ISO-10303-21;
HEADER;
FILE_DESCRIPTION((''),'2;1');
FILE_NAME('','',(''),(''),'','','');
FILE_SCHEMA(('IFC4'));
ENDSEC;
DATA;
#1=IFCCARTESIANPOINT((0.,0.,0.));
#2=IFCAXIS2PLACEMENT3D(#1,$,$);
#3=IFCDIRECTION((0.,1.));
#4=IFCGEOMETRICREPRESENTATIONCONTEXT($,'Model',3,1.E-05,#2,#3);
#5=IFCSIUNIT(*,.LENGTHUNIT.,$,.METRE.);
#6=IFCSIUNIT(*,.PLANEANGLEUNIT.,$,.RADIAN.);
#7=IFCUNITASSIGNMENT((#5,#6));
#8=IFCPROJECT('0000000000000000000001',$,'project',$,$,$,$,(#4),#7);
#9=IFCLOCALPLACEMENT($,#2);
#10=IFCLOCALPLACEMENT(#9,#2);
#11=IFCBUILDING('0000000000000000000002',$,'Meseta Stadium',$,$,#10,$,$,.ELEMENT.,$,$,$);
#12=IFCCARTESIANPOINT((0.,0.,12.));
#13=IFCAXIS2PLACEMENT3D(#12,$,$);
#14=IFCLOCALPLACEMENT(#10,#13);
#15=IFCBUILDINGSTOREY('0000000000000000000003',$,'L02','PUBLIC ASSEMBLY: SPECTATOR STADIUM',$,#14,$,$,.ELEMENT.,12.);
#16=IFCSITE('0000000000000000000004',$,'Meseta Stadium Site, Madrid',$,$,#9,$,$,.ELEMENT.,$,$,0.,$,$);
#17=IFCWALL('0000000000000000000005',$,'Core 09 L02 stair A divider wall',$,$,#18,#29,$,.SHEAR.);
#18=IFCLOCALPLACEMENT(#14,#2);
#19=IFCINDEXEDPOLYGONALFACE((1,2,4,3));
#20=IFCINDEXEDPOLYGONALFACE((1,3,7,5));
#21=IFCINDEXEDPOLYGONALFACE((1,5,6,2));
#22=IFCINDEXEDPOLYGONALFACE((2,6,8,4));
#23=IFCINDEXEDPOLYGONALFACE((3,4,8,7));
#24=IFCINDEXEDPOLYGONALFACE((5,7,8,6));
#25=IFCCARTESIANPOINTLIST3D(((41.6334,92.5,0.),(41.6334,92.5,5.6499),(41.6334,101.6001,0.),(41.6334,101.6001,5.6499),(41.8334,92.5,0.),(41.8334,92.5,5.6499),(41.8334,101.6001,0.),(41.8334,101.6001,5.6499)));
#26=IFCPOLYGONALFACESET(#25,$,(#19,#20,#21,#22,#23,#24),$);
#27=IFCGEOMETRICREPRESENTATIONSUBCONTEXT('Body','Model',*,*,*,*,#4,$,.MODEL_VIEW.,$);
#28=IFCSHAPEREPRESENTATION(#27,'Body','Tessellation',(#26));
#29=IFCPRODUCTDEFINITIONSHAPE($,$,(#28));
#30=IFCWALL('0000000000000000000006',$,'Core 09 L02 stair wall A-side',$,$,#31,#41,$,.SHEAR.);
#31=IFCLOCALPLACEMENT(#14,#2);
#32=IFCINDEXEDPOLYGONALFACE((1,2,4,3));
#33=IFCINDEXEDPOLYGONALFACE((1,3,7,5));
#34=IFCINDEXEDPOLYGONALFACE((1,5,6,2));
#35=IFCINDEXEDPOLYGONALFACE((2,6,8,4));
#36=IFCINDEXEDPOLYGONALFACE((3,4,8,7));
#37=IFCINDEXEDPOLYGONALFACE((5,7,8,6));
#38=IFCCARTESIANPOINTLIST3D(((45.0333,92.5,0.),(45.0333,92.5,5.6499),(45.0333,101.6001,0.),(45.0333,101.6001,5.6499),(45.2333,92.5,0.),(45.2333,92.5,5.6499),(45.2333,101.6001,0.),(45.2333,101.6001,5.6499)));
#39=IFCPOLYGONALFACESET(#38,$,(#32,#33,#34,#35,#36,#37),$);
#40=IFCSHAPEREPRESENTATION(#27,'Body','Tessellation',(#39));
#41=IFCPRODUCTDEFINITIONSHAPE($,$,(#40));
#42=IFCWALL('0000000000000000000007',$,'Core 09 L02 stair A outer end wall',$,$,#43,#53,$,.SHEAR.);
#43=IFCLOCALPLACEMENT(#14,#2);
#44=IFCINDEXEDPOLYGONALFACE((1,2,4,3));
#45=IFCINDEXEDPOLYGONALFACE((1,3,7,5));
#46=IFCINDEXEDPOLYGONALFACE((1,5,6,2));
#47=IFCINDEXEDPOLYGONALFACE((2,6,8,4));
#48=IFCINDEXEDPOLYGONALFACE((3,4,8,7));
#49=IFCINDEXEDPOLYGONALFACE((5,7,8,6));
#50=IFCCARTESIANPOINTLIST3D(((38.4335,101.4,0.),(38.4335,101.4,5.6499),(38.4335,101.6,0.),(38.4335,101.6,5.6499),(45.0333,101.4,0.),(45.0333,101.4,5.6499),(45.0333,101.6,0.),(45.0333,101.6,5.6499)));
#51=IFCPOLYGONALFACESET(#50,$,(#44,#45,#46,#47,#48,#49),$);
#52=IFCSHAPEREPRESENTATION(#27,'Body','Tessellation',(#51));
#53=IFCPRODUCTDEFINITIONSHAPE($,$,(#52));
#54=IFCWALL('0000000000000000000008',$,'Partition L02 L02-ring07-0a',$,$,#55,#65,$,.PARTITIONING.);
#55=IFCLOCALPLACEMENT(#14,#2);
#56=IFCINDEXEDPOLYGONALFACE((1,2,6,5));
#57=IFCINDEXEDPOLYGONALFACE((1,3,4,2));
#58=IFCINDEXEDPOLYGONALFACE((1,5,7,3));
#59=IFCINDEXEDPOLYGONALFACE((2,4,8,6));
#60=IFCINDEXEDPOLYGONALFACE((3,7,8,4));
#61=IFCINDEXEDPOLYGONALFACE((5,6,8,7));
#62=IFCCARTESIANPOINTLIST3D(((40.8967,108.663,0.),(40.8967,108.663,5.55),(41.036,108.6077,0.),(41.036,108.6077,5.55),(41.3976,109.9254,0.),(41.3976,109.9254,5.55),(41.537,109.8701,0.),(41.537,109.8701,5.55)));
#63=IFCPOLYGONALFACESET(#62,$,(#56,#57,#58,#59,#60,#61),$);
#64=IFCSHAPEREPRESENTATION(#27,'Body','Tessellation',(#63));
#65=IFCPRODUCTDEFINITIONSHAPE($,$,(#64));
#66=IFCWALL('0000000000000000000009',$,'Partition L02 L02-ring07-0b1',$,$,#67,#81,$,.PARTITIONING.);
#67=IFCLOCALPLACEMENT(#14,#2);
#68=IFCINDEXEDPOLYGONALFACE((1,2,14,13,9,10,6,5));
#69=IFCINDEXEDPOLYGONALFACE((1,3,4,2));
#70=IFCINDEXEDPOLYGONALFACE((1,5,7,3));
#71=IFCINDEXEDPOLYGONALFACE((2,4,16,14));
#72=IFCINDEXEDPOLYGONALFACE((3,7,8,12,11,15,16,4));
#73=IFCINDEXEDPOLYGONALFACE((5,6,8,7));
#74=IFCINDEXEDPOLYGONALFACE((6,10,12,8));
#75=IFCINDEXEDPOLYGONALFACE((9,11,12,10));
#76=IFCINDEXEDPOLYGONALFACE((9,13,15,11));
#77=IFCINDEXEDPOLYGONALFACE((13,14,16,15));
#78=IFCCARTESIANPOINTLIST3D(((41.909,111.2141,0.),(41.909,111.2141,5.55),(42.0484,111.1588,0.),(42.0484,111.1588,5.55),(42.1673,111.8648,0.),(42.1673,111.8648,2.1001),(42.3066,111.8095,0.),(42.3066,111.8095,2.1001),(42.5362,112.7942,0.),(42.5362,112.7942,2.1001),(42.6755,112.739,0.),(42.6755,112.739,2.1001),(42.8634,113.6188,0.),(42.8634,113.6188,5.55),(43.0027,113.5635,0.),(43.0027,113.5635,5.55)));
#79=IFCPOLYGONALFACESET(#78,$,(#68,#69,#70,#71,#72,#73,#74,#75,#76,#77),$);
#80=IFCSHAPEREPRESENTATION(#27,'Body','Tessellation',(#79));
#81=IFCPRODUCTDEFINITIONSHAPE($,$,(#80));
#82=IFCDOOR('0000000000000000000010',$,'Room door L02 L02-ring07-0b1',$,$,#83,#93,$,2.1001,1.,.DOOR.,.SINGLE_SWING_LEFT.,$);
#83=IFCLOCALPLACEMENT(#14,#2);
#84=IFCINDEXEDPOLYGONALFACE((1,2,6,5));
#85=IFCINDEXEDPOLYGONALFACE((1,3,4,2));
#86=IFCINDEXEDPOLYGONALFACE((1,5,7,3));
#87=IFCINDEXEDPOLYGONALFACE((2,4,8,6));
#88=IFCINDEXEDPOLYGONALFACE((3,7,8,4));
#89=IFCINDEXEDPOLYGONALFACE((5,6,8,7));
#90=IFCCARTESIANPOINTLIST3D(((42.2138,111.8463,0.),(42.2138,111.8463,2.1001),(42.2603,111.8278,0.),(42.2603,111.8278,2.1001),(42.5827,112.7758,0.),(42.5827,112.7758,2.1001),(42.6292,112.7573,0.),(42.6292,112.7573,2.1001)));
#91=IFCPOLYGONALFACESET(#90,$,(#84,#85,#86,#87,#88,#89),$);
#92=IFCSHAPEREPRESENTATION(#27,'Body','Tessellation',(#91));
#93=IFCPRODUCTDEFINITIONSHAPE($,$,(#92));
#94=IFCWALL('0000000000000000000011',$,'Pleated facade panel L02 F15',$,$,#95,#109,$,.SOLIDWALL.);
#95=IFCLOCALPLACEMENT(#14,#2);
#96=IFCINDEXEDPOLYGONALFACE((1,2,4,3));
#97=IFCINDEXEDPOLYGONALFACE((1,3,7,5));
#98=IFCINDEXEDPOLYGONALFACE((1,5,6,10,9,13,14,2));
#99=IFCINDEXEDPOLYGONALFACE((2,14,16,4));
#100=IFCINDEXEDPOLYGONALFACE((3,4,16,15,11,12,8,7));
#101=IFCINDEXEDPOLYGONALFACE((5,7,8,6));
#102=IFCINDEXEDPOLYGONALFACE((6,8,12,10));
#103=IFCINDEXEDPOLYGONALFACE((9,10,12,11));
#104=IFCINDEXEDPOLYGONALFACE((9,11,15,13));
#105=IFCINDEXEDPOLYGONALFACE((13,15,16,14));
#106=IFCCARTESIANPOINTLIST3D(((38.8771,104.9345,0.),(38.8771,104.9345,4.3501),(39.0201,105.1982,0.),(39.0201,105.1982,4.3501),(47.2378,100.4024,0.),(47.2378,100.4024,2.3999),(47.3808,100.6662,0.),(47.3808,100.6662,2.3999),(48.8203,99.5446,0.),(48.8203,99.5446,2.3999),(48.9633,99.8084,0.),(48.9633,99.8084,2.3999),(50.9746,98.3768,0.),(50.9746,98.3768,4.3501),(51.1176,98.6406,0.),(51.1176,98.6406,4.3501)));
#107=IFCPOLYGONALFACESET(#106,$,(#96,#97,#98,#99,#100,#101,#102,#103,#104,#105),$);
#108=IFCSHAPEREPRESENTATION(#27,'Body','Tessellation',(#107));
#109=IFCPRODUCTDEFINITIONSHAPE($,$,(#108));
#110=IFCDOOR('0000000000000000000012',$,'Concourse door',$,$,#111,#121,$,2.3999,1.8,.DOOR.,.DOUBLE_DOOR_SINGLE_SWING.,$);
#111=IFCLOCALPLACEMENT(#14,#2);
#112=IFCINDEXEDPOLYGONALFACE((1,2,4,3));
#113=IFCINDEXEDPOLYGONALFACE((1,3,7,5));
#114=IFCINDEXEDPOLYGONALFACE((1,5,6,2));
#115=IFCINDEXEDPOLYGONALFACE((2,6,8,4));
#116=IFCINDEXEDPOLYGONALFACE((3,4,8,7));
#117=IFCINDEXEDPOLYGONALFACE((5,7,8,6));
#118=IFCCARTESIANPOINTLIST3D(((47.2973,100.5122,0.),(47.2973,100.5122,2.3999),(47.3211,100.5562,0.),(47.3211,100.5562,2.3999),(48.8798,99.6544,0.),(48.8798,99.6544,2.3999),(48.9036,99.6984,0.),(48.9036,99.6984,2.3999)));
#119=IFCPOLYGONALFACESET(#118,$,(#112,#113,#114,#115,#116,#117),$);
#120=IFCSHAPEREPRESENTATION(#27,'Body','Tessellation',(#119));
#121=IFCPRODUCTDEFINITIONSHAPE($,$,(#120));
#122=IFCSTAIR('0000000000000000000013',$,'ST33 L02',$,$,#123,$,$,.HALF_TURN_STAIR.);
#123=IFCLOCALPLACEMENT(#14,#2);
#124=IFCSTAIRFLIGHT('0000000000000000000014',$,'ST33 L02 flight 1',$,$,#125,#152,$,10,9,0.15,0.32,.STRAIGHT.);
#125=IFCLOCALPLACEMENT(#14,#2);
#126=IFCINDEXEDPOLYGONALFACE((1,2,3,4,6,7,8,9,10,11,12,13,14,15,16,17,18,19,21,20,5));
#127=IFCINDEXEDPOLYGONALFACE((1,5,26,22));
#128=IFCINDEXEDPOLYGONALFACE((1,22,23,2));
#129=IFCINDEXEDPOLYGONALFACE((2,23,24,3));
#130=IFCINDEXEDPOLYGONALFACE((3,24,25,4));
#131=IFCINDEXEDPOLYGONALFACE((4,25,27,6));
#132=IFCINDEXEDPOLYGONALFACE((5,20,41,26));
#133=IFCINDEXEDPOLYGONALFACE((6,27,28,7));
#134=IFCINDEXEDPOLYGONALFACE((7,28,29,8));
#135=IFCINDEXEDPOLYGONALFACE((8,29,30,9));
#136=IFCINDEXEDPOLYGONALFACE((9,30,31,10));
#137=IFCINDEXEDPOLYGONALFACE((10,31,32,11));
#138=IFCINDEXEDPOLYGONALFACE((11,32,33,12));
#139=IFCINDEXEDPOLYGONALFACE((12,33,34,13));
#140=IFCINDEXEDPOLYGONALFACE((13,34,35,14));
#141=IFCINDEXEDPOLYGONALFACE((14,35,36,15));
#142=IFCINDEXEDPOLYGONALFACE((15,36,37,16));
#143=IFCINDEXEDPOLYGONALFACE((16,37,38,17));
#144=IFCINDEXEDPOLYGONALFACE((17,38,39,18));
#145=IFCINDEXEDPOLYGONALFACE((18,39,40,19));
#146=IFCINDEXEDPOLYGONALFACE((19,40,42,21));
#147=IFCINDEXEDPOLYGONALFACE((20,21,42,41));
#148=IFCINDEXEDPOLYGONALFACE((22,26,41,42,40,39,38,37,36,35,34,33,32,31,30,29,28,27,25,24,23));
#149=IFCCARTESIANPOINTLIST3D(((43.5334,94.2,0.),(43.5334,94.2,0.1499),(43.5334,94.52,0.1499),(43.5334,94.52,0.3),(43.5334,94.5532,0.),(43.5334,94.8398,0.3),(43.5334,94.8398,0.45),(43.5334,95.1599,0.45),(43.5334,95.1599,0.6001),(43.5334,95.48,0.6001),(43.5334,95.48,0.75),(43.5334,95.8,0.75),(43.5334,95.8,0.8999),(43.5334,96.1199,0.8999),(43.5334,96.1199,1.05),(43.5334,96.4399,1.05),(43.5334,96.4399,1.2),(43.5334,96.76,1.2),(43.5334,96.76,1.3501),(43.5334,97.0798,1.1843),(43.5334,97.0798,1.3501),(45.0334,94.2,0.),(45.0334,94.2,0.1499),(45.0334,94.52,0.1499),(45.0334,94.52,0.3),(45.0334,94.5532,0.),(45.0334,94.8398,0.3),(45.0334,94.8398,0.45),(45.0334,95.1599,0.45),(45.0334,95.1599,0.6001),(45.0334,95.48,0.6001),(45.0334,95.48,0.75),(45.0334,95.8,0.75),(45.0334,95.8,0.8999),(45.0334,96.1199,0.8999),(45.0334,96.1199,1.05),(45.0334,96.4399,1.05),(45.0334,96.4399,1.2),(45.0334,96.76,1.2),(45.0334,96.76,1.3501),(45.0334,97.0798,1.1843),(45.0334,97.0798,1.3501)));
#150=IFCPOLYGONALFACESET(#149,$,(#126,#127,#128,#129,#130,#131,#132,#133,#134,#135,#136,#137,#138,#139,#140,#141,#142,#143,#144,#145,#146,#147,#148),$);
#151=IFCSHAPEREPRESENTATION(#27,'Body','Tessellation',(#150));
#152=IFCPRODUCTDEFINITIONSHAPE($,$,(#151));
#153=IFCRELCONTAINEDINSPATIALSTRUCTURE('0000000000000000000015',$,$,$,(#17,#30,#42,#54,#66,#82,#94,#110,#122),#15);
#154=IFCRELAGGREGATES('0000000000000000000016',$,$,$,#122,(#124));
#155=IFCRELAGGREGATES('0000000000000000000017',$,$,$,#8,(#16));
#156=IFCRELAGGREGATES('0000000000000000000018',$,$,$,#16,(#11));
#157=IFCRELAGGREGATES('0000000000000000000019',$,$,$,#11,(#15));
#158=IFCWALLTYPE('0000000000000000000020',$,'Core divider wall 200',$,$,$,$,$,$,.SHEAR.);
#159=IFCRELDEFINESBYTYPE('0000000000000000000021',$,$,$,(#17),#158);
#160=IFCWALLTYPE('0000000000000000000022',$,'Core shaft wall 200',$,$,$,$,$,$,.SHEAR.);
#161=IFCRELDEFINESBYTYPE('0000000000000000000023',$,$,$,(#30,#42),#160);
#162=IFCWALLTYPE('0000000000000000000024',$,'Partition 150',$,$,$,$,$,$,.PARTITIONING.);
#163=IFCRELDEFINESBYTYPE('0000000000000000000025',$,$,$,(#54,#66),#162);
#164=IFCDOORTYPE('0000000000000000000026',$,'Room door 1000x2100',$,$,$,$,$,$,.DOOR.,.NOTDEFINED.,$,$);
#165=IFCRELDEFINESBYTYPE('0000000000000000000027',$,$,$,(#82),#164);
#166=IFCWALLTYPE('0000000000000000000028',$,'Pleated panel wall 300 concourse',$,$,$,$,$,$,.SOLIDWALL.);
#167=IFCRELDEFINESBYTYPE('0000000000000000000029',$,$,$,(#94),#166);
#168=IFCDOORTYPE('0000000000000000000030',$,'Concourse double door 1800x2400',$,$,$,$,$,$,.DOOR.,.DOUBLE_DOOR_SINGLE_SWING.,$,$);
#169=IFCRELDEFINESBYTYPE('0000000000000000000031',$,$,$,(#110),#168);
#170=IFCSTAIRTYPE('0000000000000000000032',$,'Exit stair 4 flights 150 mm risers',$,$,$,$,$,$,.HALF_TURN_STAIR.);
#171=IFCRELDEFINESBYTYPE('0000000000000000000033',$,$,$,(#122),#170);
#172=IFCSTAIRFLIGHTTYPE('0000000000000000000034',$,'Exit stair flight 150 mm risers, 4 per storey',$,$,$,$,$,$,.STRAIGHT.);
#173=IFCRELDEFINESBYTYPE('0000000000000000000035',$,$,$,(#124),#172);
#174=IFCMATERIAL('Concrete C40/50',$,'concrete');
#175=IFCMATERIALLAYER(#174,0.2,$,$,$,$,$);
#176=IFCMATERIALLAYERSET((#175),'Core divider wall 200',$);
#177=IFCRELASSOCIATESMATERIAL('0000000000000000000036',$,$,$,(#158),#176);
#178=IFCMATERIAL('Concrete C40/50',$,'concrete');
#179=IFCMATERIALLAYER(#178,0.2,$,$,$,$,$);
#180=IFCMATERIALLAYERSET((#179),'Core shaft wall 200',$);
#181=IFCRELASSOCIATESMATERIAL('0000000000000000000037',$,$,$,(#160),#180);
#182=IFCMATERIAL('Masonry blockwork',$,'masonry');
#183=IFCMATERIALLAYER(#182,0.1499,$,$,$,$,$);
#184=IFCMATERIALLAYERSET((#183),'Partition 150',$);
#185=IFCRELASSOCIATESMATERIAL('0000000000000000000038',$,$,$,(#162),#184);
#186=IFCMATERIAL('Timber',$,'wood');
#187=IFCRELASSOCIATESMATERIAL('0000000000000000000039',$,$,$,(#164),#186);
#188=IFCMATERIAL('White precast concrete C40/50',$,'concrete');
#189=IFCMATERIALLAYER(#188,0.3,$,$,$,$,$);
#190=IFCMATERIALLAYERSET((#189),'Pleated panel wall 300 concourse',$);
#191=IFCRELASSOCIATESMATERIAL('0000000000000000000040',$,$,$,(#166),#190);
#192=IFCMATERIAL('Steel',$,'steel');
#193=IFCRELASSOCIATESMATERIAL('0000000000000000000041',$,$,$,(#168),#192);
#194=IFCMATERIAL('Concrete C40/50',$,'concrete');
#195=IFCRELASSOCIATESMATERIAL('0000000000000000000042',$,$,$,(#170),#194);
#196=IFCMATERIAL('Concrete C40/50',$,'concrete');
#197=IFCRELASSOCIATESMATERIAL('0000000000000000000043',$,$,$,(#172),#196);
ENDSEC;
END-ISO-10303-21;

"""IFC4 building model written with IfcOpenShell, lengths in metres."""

from ifc_helpers import new_model, si_unit, direction, frame, frame_2d, origin, place, context, subcontext, project, spatial, polyline, rectangle, outline, extrude, material, layer, layer_set, type_object, element, fill, aggregate, save


model = new_model("IFC4")

# Units and contexts
model_context = context("Model", 3, precision=1e-05, world=origin(), true_north=direction((0.0, 1.0)))
body_context = subcontext(model_context, "Body", "Model", "MODEL_VIEW")
ifc_project = project(units=[si_unit("LENGTHUNIT", "METRE"), si_unit("PLANEANGLEUNIT", "RADIAN")], contexts=[model_context])

# Site, building, storey
site_placement = place(None, origin())
site = spatial("IfcSite", under=ifc_project, at=site_placement, Name="Meseta Stadium Site, Madrid", CompositionType="ELEMENT", RefElevation=0.0)
building_placement = place(site_placement, origin())
building = spatial("IfcBuilding", under=site, at=building_placement, Name="Meseta Stadium", CompositionType="ELEMENT")
storey_placement = place(building_placement, frame((0.0, 0.0, 12.0)))
storey = spatial("IfcBuildingStorey", under=building, at=storey_placement, Name="L02", Description="PUBLIC ASSEMBLY: SPECTATOR STADIUM", CompositionType="ELEMENT", Elevation=12.0)

# Walls
ifc_material_1 = material(Name="Concrete C40/50", Category="concrete")
ifc_layer_1 = layer(ifc_material_1, 0.2)
ifc_layer_set_1 = layer_set([ifc_layer_1], Name="Core divider wall 200")
wall_type_1 = type_object("IfcWallType", Name="Core divider wall 200", PredefinedType="SHEAR", material=ifc_layer_set_1)
wall_1_placement = place(storey_placement, frame((41.7334, 101.6001, 0.0), z_axis=(0.0, 0.0, 1.0), x_axis=(0.0, -1.0, 0.0)))
element("IfcWall", 1, at=wall_1_placement, inside=storey, type_object=wall_type_1, Name="Core 09 L02 stair A divider wall", PredefinedType="SHEAR", context=body_context, shape_type="SweptSolid", body=[
    extrude(rectangle(XDim=9.1001, YDim=0.2, at=frame_2d((4.55, 0.0))), origin(), (0.0, 0.0, 1.0), 5.6499),
])
ifc_material_2 = material(Name="Concrete C40/50", Category="concrete")
ifc_layer_2 = layer(ifc_material_2, 0.2)
ifc_layer_set_2 = layer_set([ifc_layer_2], Name="Core shaft wall 200")
wall_type_2 = type_object("IfcWallType", Name="Core shaft wall 200", PredefinedType="SHEAR", material=ifc_layer_set_2)
wall_2_placement = place(storey_placement, frame((45.1333, 101.6001, 0.0), z_axis=(0.0, 0.0, 1.0), x_axis=(0.0, -1.0, 0.0)))
element("IfcWall", 2, at=wall_2_placement, inside=storey, type_object=wall_type_2, Name="Core 09 L02 stair wall A-side", PredefinedType="SHEAR", context=body_context, shape_type="SweptSolid", body=[
    extrude(rectangle(XDim=9.1001, YDim=0.2, at=frame_2d((4.55, 0.0))), origin(), (0.0, 0.0, 1.0), 5.6499),
])
wall_3_placement = place(storey_placement, frame((45.0332, 101.5, 0.0), z_axis=(0.0, 0.0, 1.0), x_axis=(-1.0, 0.0, 0.0)))
element("IfcWall", 3, at=wall_3_placement, inside=storey, type_object=wall_type_2, Name="Core 09 L02 stair A outer end wall", PredefinedType="SHEAR", context=body_context, shape_type="SweptSolid", body=[
    extrude(rectangle(XDim=6.5999, YDim=0.2, at=frame_2d((3.2998, 0.0))), origin(), (0.0, 0.0, 1.0), 5.6499),
])
ifc_material_3 = material(Name="Masonry blockwork", Category="masonry")
ifc_layer_3 = layer(ifc_material_3, 0.1499)
ifc_layer_set_3 = layer_set([ifc_layer_3], Name="Partition 150")
wall_type_3 = type_object("IfcWallType", Name="Partition 150", PredefinedType="PARTITIONING", material=ifc_layer_set_3)
wall_4_placement = place(storey_placement, frame((40.9663, 108.6353, 0.0), z_axis=(0.0, 0.0, 1.0), x_axis=(0.368848, 0.92949, 0.0)))
element("IfcWall", 4, at=wall_4_placement, inside=storey, type_object=wall_type_3, Name="Partition L02 L02-ring07-0a", PredefinedType="PARTITIONING", context=body_context, shape_type="SweptSolid", body=[
    extrude(rectangle(XDim=1.3582, YDim=0.1499, at=frame_2d((0.6792, 0.0))), origin(), (0.0, 0.0, 1.0), 5.55),
])

# Walls, openings, doors
wall_5_placement = place(storey_placement, frame((41.9788, 111.1865, 0.0), z_axis=(0.0, 0.0, 1.0), x_axis=(0.368868, 0.929482, 0.0)))
wall_5 = element("IfcWall", 5, at=wall_5_placement, inside=storey, type_object=wall_type_3, Name="Partition L02 L02-ring07-0b1", PredefinedType="PARTITIONING", context=body_context, shape_type="SweptSolid", body=[
    extrude(rectangle(XDim=2.5872, YDim=0.1499, at=frame_2d((1.2935, 0.0))), origin(), (0.0, 0.0, 1.0), 5.55),
])
opening_1_placement = place(wall_5_placement, frame((0.7, 0.0, 0.0)))
opening_1 = element("IfcOpeningElement", 6, at=opening_1_placement, cuts=wall_5, PredefinedType="OPENING", context=body_context, shape_type="SweptSolid", body=[
    extrude(rectangle(XDim=1.0, YDim=2.1001, at=frame_2d((0.5, 1.05))), frame((0.0, 0.085, 0.0), z_axis=(0.0, -1.0, 0.0), x_axis=(1.0, 0.0, 0.0)), (0.0, 0.0, 1.0), 0.1699),
])
ifc_material_4 = material(Name="Timber", Category="wood")
door_type_1 = type_object("IfcDoorType", Name="Room door 1000x2100", OperationType="NOTDEFINED", PredefinedType="DOOR", material=ifc_material_4)
door_1_placement = place(opening_1_placement, origin())
door_1 = element("IfcDoor", 7, at=door_1_placement, inside=storey, type_object=door_type_1, Name="Room door L02 L02-ring07-0b1", OperationType="SINGLE_SWING_LEFT", OverallHeight=2.1001, OverallWidth=1.0, PredefinedType="DOOR", context=body_context, shape_type="SweptSolid", body=[
    extrude(rectangle(XDim=1.0, YDim=2.1001, at=frame_2d((0.5, 1.05))), frame((0.0, 0.0249, 0.0), z_axis=(0.0, -1.0, 0.0), x_axis=(1.0, 0.0, 0.0)), (0.0, 0.0, 1.0), 0.05),
])
fill(opening_1, door_1)
ifc_material_5 = material(Name="White precast concrete C40/50", Category="concrete")
ifc_layer_4 = layer(ifc_material_5, 0.3)
ifc_layer_set_4 = layer_set([ifc_layer_4], Name="Pleated panel wall 300 concourse")
wall_type_4 = type_object("IfcWallType", Name="Pleated panel wall 300 concourse", PredefinedType="SOLIDWALL", material=ifc_layer_set_4)
wall_6_placement = place(storey_placement, frame((38.9485, 105.0664, 0.0), z_axis=(0.0, 0.0, 1.0), x_axis=(0.879144, -0.476556, 0.0)))
wall_6 = element("IfcWall", 8, at=wall_6_placement, inside=storey, type_object=wall_type_4, Name="Pleated facade panel L02 F15", PredefinedType="SOLIDWALL", context=body_context, shape_type="SweptSolid", body=[
    extrude(rectangle(XDim=13.7605, YDim=0.3, at=frame_2d((6.8804, 0.0))), origin(), (0.0, 0.0, 1.0), 4.3501),
])
opening_2_placement = place(wall_6_placement, frame((9.5103, 0.0, 0.0)))
opening_2 = element("IfcOpeningElement", 9, at=opening_2_placement, cuts=wall_6, PredefinedType="OPENING", context=body_context, shape_type="SweptSolid", body=[
    extrude(rectangle(XDim=1.8, YDim=2.3999, at=frame_2d((0.8999, 1.2))), frame((0.0, 0.1599, 0.0), z_axis=(0.0, -1.0, 0.0), x_axis=(1.0, 0.0, 0.0)), (0.0, 0.0, 1.0), 0.3201),
])
ifc_material_6 = material(Name="Steel", Category="steel")
door_type_2 = type_object("IfcDoorType", Name="Concourse double door 1800x2400", OperationType="DOUBLE_DOOR_SINGLE_SWING", PredefinedType="DOOR", material=ifc_material_6)
door_2_placement = place(opening_2_placement, origin())
door_2 = element("IfcDoor", 10, at=door_2_placement, inside=storey, type_object=door_type_2, Name="Concourse door", OperationType="DOUBLE_DOOR_SINGLE_SWING", OverallHeight=2.3999, OverallWidth=1.8, PredefinedType="DOOR", context=body_context, shape_type="SweptSolid", body=[
    extrude(rectangle(XDim=1.8, YDim=2.3999, at=frame_2d((0.8999, 1.2))), frame((0.0, 0.0249, 0.0), z_axis=(0.0, -1.0, 0.0), x_axis=(1.0, 0.0, 0.0)), (0.0, 0.0, 1.0), 0.05),
])
fill(opening_2, door_2)

# Stair, stair flight
ifc_material_7 = material(Name="Concrete C40/50", Category="concrete")
stair_type = type_object("IfcStairType", Name="Exit stair 4 flights 150 mm risers", PredefinedType="HALF_TURN_STAIR", material=ifc_material_7)
stair_1_placement = place(storey_placement, origin())
stair_1 = element("IfcStair", 11, at=stair_1_placement, inside=storey, type_object=stair_type, Name="ST33 L02", PredefinedType="HALF_TURN_STAIR")
ifc_material_8 = material(Name="Concrete C40/50", Category="concrete")
stair_flight_type = type_object("IfcStairFlightType", Name="Exit stair flight 150 mm risers, 4 per storey", PredefinedType="STRAIGHT", material=ifc_material_8)
stair_flight_1_placement = place(storey_placement, frame((44.2834, 94.2, 0.0), z_axis=(0.0, 0.0, 1.0), x_axis=(0.0, 1.0, 0.0)))
stair_flight_1 = element("IfcStairFlight", 12, at=stair_flight_1_placement, type_object=stair_flight_type, Name="ST33 L02 flight 1", NumberOfRisers=10, NumberOfTreads=9, PredefinedType="STRAIGHT", RiserHeight=0.15, TreadLength=0.32, context=body_context, shape_type="SweptSolid", body=[
    extrude(outline(polyline([(0.0, 0.0), (0.0, 0.1499), (0.3201, 0.1499), (0.3201, 0.3), (0.6399, 0.3), (0.6399, 0.45), (0.96, 0.45), (0.96, 0.6001), (1.28, 0.6001), (1.28, 0.75), (1.6001, 0.75), (1.6001, 0.8999), (1.9199, 0.8999), (1.9199, 1.05), (2.24, 1.05), (2.24, 1.2), (2.5601, 1.2), (2.5601, 1.3501), (2.8799, 1.3501), (2.8799, 1.1843), (0.3533, 0.0), (0.0, 0.0)])), frame((0.0, 0.75, 0.0), z_axis=(0.0, -1.0, 0.0), x_axis=(1.0, 0.0, 0.0)), (0.0, 0.0, 1.0), 1.5),
])
aggregate(stair_1, [stair_flight_1])

save(model, "model.ifc")
